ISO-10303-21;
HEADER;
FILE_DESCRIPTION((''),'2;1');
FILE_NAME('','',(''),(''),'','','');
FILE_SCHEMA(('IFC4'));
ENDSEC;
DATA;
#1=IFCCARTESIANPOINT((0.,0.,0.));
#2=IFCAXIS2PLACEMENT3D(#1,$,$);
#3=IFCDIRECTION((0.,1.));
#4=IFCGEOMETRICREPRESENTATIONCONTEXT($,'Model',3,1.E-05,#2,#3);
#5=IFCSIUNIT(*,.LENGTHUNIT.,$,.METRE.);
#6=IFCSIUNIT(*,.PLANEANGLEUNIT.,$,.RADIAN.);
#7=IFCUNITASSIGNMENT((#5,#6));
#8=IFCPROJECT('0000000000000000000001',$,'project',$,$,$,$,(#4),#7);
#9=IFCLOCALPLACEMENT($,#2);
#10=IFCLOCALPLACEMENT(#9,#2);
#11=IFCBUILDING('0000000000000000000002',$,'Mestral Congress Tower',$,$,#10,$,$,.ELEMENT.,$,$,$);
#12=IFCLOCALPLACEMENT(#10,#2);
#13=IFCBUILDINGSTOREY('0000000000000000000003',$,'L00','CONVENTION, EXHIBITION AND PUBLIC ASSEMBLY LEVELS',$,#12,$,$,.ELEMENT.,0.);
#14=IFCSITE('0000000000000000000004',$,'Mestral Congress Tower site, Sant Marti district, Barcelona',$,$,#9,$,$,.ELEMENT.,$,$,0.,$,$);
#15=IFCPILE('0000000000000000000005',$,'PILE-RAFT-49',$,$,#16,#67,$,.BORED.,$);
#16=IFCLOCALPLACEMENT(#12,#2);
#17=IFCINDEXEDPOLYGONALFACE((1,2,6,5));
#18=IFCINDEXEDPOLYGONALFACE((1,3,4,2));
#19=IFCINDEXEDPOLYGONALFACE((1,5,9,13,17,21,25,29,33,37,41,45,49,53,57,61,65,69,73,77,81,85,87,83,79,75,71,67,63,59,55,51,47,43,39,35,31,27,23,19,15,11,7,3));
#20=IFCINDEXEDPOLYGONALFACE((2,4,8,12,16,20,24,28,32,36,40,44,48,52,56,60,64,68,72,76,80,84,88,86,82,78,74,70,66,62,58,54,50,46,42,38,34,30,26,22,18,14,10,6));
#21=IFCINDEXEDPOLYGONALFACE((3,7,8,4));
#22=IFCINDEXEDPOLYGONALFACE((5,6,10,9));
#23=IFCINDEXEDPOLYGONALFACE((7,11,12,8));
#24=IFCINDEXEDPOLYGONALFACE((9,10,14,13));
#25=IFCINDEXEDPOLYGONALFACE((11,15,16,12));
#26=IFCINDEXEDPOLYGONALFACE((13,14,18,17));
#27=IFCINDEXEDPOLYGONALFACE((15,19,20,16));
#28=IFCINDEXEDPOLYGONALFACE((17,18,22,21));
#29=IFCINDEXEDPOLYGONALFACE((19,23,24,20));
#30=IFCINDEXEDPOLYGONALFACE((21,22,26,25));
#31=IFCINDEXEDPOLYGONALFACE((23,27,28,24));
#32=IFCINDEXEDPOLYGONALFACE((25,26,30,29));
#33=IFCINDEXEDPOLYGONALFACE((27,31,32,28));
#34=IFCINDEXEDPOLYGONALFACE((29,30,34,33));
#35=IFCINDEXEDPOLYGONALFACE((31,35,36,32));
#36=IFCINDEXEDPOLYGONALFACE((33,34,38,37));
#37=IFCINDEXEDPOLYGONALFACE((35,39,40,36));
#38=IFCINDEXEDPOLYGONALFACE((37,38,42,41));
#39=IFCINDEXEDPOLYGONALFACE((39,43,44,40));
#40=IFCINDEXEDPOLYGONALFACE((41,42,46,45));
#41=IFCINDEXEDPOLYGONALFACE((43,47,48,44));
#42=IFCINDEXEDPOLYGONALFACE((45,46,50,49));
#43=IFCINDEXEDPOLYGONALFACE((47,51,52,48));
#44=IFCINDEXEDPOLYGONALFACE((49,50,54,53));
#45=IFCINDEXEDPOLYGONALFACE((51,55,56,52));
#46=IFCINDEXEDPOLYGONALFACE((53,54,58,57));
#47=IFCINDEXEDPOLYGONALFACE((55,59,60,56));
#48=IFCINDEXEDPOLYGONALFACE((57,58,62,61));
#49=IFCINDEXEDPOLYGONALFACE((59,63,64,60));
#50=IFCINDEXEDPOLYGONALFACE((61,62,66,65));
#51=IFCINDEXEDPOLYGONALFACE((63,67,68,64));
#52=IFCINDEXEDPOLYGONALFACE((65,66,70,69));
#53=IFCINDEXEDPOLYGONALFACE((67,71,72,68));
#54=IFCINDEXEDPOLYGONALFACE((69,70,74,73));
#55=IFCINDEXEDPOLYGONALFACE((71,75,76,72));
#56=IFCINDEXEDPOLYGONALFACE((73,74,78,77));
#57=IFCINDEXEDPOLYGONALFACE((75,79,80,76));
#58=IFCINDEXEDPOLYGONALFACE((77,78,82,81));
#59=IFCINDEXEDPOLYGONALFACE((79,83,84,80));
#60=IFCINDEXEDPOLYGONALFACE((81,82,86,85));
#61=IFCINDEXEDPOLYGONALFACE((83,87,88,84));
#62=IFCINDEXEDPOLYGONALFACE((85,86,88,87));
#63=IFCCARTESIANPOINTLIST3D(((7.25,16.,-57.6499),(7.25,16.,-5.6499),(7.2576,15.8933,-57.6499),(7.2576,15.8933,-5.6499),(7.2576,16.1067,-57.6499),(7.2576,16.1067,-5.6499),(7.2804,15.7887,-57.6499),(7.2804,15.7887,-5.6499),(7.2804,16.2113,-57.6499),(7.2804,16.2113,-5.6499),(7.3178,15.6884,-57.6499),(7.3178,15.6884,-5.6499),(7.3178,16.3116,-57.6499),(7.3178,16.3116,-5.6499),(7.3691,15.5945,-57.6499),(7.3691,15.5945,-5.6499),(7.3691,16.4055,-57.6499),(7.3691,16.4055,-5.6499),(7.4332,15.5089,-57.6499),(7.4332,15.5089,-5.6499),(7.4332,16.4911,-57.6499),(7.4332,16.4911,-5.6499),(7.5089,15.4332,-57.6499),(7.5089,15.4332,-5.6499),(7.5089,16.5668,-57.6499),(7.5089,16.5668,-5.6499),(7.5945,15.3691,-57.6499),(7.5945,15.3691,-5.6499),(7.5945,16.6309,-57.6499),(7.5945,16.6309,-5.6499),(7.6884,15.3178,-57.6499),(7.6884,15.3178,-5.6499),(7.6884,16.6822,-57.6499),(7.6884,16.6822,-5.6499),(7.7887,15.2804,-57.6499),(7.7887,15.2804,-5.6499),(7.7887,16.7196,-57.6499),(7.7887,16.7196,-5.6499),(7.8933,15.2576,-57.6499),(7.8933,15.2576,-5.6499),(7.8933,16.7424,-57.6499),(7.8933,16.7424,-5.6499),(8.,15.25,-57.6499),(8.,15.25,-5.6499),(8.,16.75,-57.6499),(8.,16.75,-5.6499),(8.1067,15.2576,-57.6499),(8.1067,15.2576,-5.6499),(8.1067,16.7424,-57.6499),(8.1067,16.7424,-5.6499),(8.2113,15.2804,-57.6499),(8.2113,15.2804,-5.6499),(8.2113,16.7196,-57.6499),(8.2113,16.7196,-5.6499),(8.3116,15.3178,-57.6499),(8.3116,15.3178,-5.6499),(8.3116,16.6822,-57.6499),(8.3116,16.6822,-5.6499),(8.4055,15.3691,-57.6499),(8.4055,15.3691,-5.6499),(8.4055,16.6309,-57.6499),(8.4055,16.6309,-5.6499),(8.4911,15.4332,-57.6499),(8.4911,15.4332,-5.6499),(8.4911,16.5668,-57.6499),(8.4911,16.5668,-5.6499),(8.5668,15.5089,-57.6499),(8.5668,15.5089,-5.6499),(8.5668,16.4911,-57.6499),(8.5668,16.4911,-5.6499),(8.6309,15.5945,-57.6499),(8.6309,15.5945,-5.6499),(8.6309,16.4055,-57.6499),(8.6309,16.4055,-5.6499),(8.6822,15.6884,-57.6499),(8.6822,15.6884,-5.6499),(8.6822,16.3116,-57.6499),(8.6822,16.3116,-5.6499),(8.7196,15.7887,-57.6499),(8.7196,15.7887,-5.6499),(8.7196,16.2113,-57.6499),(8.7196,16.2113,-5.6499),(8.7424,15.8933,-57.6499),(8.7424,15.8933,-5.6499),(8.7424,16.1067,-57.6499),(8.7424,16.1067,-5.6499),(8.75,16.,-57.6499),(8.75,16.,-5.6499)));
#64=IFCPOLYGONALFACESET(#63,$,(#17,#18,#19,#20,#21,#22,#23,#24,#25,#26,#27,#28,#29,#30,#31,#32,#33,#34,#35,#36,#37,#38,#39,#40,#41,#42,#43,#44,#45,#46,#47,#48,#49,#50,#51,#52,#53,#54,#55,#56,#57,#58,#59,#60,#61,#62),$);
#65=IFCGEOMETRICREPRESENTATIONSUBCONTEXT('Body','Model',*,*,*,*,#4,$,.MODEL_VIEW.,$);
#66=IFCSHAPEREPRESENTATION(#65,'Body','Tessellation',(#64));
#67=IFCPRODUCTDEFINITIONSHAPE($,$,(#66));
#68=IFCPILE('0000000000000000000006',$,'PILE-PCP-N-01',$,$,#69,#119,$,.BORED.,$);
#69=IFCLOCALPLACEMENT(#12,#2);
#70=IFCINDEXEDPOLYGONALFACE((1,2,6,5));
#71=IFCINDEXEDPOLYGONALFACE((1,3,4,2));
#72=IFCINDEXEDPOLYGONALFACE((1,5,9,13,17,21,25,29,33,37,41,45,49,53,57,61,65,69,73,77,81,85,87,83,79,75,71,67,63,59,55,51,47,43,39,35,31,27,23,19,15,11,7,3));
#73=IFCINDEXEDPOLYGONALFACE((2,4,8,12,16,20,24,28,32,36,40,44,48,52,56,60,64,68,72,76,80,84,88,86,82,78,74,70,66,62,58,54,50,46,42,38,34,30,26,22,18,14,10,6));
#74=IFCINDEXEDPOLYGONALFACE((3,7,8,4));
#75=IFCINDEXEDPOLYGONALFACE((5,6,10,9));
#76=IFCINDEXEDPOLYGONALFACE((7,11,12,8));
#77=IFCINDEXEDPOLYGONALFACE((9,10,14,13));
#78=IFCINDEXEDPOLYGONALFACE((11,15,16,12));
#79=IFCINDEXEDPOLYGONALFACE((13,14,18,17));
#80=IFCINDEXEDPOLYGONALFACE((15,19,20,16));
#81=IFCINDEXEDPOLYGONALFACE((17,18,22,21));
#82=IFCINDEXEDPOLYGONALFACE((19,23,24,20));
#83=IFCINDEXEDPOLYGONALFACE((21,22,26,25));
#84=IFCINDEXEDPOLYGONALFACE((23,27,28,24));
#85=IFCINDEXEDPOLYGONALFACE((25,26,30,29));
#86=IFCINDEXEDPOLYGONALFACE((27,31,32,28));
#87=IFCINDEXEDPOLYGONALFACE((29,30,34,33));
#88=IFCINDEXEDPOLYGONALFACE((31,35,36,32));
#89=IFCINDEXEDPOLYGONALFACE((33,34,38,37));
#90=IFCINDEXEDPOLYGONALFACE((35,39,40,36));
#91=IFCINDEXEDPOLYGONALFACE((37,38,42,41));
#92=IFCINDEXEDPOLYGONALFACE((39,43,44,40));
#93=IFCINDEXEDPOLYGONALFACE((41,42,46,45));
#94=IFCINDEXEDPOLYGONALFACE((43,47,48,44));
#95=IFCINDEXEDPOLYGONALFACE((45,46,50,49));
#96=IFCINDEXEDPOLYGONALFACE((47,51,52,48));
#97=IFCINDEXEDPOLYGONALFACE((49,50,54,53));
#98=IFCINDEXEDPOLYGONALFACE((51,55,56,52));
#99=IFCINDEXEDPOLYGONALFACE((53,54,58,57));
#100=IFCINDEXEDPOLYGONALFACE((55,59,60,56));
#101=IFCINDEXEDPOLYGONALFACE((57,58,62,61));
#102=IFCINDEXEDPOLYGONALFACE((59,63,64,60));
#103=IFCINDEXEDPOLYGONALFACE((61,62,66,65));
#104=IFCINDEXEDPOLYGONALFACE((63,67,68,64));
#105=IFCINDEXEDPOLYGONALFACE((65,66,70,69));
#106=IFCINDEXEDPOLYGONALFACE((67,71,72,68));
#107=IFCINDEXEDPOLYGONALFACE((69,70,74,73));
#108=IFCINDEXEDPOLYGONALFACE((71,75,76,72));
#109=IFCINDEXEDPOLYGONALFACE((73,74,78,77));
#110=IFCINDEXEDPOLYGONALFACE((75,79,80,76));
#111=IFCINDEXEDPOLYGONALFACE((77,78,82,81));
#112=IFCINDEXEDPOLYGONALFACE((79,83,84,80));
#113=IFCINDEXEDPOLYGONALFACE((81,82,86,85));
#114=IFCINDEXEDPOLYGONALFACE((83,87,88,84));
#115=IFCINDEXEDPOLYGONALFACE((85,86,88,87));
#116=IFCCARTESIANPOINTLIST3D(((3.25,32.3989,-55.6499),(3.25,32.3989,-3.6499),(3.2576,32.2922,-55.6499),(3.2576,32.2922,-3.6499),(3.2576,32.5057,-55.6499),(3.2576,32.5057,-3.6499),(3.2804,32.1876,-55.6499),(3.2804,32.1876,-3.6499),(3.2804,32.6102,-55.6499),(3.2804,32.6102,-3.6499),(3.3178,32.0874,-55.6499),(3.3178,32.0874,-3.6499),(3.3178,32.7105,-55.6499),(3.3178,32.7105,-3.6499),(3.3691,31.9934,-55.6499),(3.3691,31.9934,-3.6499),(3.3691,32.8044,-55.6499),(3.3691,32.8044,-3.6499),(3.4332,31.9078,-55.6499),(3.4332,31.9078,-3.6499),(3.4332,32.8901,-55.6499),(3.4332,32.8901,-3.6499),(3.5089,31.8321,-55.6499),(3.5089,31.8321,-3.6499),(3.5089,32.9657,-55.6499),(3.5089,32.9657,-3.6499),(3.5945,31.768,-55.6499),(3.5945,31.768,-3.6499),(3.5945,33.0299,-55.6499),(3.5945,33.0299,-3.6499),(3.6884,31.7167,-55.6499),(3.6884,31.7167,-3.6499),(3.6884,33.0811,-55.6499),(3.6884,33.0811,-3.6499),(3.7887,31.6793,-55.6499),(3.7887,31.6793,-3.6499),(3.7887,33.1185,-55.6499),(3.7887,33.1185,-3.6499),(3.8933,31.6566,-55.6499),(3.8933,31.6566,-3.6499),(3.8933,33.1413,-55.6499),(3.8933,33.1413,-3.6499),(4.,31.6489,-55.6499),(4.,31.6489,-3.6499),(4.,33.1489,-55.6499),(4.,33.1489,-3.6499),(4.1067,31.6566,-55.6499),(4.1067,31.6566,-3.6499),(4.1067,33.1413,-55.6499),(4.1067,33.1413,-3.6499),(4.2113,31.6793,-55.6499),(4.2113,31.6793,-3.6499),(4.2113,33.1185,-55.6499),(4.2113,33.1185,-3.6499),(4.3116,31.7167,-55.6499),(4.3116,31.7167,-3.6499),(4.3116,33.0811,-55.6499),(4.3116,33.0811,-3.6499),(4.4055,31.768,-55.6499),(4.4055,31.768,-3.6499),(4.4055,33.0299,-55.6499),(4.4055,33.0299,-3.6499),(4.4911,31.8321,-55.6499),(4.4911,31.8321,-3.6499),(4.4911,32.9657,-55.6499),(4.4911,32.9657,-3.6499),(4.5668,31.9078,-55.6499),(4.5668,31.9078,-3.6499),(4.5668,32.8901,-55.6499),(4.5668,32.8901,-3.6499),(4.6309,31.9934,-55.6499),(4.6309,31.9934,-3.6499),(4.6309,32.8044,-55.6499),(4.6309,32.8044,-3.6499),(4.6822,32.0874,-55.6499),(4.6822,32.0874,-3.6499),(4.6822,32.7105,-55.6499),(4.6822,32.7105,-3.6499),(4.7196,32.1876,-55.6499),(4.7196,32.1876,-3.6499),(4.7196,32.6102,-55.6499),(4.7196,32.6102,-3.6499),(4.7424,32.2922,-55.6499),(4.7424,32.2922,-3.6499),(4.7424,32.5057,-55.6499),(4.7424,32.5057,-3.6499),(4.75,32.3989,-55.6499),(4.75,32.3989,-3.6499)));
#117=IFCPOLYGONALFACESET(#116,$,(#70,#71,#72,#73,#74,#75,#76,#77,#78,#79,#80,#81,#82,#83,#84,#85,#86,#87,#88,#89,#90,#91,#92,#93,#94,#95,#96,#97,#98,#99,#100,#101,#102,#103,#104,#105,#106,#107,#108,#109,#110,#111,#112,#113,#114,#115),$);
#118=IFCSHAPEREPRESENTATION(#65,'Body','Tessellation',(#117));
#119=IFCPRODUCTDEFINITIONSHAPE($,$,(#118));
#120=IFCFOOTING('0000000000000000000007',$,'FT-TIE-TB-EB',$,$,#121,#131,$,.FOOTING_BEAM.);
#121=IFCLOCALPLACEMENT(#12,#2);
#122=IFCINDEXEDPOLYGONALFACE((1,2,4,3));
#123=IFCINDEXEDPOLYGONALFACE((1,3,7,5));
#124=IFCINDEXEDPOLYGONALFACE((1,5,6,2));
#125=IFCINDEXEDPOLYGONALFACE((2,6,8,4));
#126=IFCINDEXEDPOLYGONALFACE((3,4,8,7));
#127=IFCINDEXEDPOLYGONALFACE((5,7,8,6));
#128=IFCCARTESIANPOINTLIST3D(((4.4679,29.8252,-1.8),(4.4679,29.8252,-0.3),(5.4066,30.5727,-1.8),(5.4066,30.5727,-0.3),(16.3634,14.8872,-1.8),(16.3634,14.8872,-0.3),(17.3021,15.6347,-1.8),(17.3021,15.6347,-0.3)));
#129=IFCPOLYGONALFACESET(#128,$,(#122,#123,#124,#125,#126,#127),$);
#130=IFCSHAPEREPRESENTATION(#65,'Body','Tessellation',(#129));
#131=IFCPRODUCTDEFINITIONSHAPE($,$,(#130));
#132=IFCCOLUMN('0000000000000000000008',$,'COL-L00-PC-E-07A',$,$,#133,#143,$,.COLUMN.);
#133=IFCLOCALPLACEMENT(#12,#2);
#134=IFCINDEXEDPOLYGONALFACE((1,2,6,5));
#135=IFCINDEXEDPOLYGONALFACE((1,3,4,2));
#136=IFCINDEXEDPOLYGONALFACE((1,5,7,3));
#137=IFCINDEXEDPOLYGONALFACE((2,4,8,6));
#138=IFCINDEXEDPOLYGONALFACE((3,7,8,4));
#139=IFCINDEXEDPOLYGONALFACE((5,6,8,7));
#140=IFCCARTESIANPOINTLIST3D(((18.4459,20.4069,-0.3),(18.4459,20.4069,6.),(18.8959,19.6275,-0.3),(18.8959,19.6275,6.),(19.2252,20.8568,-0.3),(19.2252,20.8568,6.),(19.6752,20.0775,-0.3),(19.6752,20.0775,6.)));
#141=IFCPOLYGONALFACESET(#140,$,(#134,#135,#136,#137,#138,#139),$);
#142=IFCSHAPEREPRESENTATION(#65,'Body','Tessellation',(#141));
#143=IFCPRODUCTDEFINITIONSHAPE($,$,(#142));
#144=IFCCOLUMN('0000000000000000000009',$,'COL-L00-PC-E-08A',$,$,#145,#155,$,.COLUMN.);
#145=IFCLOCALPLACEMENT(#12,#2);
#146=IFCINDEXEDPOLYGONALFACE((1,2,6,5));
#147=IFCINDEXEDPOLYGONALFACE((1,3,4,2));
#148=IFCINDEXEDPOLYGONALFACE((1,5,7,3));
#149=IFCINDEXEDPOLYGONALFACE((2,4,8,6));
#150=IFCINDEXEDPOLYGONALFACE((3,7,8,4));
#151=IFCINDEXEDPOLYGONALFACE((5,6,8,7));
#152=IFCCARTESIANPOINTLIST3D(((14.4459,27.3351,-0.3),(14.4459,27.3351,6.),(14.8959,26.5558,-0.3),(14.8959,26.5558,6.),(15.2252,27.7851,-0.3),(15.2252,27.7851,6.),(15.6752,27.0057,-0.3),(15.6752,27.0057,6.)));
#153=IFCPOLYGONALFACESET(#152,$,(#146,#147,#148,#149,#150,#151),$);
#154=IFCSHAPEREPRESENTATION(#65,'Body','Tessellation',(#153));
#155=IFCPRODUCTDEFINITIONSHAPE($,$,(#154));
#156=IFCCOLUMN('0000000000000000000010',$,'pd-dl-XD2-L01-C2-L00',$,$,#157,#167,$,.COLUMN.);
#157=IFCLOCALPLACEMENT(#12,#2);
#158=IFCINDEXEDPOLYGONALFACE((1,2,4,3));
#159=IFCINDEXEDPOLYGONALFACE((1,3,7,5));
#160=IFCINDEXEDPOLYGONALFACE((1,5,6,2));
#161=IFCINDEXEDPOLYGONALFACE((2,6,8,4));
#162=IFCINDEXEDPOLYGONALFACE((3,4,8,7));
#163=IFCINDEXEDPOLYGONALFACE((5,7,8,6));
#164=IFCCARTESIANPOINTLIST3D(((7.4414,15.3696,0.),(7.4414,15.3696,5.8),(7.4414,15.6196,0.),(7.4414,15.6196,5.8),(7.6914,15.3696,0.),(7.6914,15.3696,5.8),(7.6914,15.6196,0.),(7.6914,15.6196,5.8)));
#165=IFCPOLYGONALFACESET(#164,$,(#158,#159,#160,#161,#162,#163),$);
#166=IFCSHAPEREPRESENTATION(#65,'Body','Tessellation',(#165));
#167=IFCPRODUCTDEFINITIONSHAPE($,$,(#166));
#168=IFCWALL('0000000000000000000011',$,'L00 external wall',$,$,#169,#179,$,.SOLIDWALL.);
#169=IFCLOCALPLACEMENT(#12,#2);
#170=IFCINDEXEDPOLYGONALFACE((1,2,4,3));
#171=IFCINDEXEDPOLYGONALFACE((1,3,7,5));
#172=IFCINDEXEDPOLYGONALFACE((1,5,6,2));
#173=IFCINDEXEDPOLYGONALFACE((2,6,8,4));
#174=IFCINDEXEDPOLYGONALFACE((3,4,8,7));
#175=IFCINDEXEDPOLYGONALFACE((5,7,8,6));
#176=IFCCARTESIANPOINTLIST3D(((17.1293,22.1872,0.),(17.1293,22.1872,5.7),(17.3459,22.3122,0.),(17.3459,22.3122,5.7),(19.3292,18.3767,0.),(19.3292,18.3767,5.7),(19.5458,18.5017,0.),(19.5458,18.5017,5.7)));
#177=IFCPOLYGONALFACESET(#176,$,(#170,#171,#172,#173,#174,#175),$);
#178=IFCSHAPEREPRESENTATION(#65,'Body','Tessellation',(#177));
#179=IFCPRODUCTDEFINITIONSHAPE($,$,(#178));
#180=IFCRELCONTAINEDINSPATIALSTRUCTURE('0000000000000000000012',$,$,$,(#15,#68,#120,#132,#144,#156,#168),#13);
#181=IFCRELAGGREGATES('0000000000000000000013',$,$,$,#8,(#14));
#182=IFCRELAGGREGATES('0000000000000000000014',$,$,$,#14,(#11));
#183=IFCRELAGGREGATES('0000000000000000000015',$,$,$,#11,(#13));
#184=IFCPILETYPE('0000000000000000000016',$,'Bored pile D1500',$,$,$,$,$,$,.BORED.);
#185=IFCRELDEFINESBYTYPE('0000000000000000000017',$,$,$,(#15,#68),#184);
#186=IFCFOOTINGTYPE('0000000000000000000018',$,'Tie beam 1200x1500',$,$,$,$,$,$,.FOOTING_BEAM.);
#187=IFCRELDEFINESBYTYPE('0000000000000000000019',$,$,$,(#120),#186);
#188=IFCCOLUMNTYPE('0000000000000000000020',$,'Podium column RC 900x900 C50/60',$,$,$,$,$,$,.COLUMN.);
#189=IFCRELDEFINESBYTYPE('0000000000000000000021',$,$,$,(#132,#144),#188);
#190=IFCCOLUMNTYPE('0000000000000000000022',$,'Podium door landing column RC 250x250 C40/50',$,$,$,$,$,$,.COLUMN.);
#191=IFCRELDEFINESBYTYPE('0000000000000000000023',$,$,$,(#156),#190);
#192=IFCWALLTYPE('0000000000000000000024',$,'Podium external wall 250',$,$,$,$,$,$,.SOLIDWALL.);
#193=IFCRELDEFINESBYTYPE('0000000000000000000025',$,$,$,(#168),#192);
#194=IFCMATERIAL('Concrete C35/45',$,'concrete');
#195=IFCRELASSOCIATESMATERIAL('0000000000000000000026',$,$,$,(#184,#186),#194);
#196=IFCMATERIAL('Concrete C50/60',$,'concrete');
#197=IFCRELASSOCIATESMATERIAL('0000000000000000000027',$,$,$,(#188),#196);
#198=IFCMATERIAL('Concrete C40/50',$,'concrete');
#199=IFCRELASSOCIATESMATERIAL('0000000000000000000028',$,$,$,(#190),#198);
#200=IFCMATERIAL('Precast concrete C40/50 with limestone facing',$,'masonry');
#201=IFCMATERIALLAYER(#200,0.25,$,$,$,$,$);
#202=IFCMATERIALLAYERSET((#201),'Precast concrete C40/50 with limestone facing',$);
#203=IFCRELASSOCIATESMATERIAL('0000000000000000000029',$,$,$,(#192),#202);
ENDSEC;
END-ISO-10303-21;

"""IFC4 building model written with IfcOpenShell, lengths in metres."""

from ifc_helpers import new_model, si_unit, direction, frame, frame_2d, origin, origin_2d, place, context, subcontext, project, spatial, rectangle, circle, extrude, material, layer, layer_set, material_profile, profile_set, type_object, element, save


model = new_model("IFC4")

# Units and contexts
model_context = context("Model", 3, precision=1e-05, world=origin(), true_north=direction((0.0, 1.0)))
body_context = subcontext(model_context, "Body", "Model", "MODEL_VIEW")
ifc_project = project(units=[si_unit("LENGTHUNIT", "METRE"), si_unit("PLANEANGLEUNIT", "RADIAN")], contexts=[model_context])

# Site, building, storey
site_placement = place(None, origin())
site = spatial("IfcSite", under=ifc_project, at=site_placement, Name="Mestral Congress Tower site, Sant Marti district, Barcelona", CompositionType="ELEMENT", RefElevation=0.0)
building_placement = place(site_placement, origin())
building = spatial("IfcBuilding", under=site, at=building_placement, Name="Mestral Congress Tower", CompositionType="ELEMENT")
storey_placement = place(building_placement, origin())
storey = spatial("IfcBuildingStorey", under=building, at=storey_placement, Name="L00", Description="CONVENTION, EXHIBITION AND PUBLIC ASSEMBLY LEVELS", CompositionType="ELEMENT", Elevation=0.0)

# Piles
ifc_material_1 = material(Name="Concrete C35/45", Category="concrete")
ifc_material_profile_1 = material_profile(ifc_material_1, circle(Radius=0.75, at=origin_2d()), Name="D1500")
ifc_profile_set_1 = profile_set([ifc_material_profile_1], Name="Concrete C35/45")
pile_type_1 = type_object("IfcPileType", Name="Bored pile D1500", PredefinedType="BORED", material=ifc_profile_set_1)
for number, where, z_axis, x_axis, name in (
    (1, (8.0, 16.0, -5.6499), (0.0, 0.0, -1.0), (1.0, 0.0, 0.0), "PILE-RAFT-49"),
    (2, (4.0, 32.3989, -3.6499), (0.0, 0.0, -1.0), (1.0, 0.0, 0.0), "PILE-PCP-N-01"),
):
    element("IfcPile", number, at=place(storey_placement, frame(where, z_axis=z_axis, x_axis=x_axis)), inside=storey, type_object=pile_type_1, Name=name, PredefinedType="BORED", context=body_context, shape_type="SweptSolid", body=[
        extrude(circle(Radius=0.75, at=origin_2d()), origin(), (0.0, 0.0, 1.0), 52.0),
    ])

# Footing
footing_type = type_object("IfcFootingType", Name="Tie beam 1200x1500", PredefinedType="FOOTING_BEAM", material=ifc_material_1)
footing_placement = place(storey_placement, frame((10.885, 22.73, -1.8), z_axis=(0.0, 0.0, 1.0), x_axis=(-0.622939, 0.78227, 0.0)))
element("IfcFooting", 3, at=footing_placement, inside=storey, type_object=footing_type, Name="FT-TIE-TB-EB", PredefinedType="FOOTING_BEAM", context=body_context, shape_type="SweptSolid", body=[
    extrude(rectangle(XDim=19.0957, YDim=1.2, at=origin_2d()), origin(), (0.0, 0.0, 1.0), 1.5),
])

# Columns
ifc_material_2 = material(Name="Concrete C50/60", Category="concrete")
ifc_material_profile_2 = material_profile(ifc_material_2, rectangle(XDim=0.8999, YDim=0.8999, at=origin_2d()), Name="RC 900x900")
ifc_profile_set_2 = profile_set([ifc_material_profile_2], Name="Concrete C50/60")
column_type_1 = type_object("IfcColumnType", Name="Podium column RC 900x900 C50/60", PredefinedType="COLUMN", material=ifc_profile_set_2)
for number, where, z_axis, x_axis, name in (
    (4, (19.0605, 20.2422, -0.3), (0.0, 0.0, 1.0), (-0.5, 0.866025, 0.0), "COL-L00-PC-E-07A"),
    (5, (15.0605, 27.1704, -0.3), (0.0, 0.0, 1.0), (-0.5, 0.866025, 0.0), "COL-L00-PC-E-08A"),
):
    element("IfcColumn", number, at=place(storey_placement, frame(where, z_axis=z_axis, x_axis=x_axis)), inside=storey, type_object=column_type_1, Name=name, PredefinedType="COLUMN", context=body_context, shape_type="SweptSolid", body=[
        extrude(rectangle(XDim=0.8999, YDim=0.8999, at=origin_2d()), origin(), (0.0, 0.0, 1.0), 6.3),
    ])
ifc_material_3 = material(Name="Concrete C40/50", Category="concrete")
ifc_material_profile_3 = material_profile(ifc_material_3, rectangle(XDim=0.25, YDim=0.25, at=origin_2d()), Name="RC 250x250")
ifc_profile_set_3 = profile_set([ifc_material_profile_3], Name="Concrete C40/50")
column_type_2 = type_object("IfcColumnType", Name="Podium door landing column RC 250x250 C40/50", PredefinedType="COLUMN", material=ifc_profile_set_3)
column_placement = place(storey_placement, frame((7.5664, 15.4946, 0.0), z_axis=(0.0, 0.0, 1.0), x_axis=(1.0, 0.0, 0.0)))
element("IfcColumn", 6, at=column_placement, inside=storey, type_object=column_type_2, Name="pd-dl-XD2-L01-C2-L00", PredefinedType="COLUMN", context=body_context, shape_type="SweptSolid", body=[
    extrude(rectangle(XDim=0.25, YDim=0.25, at=origin_2d()), origin(), (0.0, 0.0, 1.0), 5.8),
])

# Wall
ifc_material_4 = material(Name="Precast concrete C40/50 with limestone facing", Category="masonry")
ifc_layer = layer(ifc_material_4, 0.25)
ifc_layer_set = layer_set([ifc_layer], Name="Precast concrete C40/50 with limestone facing")
wall_type = type_object("IfcWallType", Name="Podium external wall 250", PredefinedType="SOLIDWALL", material=ifc_layer_set)
wall_1_placement = place(storey_placement, frame((19.4375, 18.4392, 0.0), z_axis=(0.0, 0.0, 1.0), x_axis=(-0.499988, 0.866032, 0.0)))
element("IfcWall", 7, at=wall_1_placement, inside=storey, type_object=wall_type, Name="L00 external wall", PredefinedType="SOLIDWALL", context=body_context, shape_type="SweptSolid", body=[
    extrude(rectangle(XDim=4.3999, YDim=0.25, at=frame_2d((2.2, 0.0))), origin(), (0.0, 0.0, 1.0), 5.7),
])

save(model, "model.ifc")
